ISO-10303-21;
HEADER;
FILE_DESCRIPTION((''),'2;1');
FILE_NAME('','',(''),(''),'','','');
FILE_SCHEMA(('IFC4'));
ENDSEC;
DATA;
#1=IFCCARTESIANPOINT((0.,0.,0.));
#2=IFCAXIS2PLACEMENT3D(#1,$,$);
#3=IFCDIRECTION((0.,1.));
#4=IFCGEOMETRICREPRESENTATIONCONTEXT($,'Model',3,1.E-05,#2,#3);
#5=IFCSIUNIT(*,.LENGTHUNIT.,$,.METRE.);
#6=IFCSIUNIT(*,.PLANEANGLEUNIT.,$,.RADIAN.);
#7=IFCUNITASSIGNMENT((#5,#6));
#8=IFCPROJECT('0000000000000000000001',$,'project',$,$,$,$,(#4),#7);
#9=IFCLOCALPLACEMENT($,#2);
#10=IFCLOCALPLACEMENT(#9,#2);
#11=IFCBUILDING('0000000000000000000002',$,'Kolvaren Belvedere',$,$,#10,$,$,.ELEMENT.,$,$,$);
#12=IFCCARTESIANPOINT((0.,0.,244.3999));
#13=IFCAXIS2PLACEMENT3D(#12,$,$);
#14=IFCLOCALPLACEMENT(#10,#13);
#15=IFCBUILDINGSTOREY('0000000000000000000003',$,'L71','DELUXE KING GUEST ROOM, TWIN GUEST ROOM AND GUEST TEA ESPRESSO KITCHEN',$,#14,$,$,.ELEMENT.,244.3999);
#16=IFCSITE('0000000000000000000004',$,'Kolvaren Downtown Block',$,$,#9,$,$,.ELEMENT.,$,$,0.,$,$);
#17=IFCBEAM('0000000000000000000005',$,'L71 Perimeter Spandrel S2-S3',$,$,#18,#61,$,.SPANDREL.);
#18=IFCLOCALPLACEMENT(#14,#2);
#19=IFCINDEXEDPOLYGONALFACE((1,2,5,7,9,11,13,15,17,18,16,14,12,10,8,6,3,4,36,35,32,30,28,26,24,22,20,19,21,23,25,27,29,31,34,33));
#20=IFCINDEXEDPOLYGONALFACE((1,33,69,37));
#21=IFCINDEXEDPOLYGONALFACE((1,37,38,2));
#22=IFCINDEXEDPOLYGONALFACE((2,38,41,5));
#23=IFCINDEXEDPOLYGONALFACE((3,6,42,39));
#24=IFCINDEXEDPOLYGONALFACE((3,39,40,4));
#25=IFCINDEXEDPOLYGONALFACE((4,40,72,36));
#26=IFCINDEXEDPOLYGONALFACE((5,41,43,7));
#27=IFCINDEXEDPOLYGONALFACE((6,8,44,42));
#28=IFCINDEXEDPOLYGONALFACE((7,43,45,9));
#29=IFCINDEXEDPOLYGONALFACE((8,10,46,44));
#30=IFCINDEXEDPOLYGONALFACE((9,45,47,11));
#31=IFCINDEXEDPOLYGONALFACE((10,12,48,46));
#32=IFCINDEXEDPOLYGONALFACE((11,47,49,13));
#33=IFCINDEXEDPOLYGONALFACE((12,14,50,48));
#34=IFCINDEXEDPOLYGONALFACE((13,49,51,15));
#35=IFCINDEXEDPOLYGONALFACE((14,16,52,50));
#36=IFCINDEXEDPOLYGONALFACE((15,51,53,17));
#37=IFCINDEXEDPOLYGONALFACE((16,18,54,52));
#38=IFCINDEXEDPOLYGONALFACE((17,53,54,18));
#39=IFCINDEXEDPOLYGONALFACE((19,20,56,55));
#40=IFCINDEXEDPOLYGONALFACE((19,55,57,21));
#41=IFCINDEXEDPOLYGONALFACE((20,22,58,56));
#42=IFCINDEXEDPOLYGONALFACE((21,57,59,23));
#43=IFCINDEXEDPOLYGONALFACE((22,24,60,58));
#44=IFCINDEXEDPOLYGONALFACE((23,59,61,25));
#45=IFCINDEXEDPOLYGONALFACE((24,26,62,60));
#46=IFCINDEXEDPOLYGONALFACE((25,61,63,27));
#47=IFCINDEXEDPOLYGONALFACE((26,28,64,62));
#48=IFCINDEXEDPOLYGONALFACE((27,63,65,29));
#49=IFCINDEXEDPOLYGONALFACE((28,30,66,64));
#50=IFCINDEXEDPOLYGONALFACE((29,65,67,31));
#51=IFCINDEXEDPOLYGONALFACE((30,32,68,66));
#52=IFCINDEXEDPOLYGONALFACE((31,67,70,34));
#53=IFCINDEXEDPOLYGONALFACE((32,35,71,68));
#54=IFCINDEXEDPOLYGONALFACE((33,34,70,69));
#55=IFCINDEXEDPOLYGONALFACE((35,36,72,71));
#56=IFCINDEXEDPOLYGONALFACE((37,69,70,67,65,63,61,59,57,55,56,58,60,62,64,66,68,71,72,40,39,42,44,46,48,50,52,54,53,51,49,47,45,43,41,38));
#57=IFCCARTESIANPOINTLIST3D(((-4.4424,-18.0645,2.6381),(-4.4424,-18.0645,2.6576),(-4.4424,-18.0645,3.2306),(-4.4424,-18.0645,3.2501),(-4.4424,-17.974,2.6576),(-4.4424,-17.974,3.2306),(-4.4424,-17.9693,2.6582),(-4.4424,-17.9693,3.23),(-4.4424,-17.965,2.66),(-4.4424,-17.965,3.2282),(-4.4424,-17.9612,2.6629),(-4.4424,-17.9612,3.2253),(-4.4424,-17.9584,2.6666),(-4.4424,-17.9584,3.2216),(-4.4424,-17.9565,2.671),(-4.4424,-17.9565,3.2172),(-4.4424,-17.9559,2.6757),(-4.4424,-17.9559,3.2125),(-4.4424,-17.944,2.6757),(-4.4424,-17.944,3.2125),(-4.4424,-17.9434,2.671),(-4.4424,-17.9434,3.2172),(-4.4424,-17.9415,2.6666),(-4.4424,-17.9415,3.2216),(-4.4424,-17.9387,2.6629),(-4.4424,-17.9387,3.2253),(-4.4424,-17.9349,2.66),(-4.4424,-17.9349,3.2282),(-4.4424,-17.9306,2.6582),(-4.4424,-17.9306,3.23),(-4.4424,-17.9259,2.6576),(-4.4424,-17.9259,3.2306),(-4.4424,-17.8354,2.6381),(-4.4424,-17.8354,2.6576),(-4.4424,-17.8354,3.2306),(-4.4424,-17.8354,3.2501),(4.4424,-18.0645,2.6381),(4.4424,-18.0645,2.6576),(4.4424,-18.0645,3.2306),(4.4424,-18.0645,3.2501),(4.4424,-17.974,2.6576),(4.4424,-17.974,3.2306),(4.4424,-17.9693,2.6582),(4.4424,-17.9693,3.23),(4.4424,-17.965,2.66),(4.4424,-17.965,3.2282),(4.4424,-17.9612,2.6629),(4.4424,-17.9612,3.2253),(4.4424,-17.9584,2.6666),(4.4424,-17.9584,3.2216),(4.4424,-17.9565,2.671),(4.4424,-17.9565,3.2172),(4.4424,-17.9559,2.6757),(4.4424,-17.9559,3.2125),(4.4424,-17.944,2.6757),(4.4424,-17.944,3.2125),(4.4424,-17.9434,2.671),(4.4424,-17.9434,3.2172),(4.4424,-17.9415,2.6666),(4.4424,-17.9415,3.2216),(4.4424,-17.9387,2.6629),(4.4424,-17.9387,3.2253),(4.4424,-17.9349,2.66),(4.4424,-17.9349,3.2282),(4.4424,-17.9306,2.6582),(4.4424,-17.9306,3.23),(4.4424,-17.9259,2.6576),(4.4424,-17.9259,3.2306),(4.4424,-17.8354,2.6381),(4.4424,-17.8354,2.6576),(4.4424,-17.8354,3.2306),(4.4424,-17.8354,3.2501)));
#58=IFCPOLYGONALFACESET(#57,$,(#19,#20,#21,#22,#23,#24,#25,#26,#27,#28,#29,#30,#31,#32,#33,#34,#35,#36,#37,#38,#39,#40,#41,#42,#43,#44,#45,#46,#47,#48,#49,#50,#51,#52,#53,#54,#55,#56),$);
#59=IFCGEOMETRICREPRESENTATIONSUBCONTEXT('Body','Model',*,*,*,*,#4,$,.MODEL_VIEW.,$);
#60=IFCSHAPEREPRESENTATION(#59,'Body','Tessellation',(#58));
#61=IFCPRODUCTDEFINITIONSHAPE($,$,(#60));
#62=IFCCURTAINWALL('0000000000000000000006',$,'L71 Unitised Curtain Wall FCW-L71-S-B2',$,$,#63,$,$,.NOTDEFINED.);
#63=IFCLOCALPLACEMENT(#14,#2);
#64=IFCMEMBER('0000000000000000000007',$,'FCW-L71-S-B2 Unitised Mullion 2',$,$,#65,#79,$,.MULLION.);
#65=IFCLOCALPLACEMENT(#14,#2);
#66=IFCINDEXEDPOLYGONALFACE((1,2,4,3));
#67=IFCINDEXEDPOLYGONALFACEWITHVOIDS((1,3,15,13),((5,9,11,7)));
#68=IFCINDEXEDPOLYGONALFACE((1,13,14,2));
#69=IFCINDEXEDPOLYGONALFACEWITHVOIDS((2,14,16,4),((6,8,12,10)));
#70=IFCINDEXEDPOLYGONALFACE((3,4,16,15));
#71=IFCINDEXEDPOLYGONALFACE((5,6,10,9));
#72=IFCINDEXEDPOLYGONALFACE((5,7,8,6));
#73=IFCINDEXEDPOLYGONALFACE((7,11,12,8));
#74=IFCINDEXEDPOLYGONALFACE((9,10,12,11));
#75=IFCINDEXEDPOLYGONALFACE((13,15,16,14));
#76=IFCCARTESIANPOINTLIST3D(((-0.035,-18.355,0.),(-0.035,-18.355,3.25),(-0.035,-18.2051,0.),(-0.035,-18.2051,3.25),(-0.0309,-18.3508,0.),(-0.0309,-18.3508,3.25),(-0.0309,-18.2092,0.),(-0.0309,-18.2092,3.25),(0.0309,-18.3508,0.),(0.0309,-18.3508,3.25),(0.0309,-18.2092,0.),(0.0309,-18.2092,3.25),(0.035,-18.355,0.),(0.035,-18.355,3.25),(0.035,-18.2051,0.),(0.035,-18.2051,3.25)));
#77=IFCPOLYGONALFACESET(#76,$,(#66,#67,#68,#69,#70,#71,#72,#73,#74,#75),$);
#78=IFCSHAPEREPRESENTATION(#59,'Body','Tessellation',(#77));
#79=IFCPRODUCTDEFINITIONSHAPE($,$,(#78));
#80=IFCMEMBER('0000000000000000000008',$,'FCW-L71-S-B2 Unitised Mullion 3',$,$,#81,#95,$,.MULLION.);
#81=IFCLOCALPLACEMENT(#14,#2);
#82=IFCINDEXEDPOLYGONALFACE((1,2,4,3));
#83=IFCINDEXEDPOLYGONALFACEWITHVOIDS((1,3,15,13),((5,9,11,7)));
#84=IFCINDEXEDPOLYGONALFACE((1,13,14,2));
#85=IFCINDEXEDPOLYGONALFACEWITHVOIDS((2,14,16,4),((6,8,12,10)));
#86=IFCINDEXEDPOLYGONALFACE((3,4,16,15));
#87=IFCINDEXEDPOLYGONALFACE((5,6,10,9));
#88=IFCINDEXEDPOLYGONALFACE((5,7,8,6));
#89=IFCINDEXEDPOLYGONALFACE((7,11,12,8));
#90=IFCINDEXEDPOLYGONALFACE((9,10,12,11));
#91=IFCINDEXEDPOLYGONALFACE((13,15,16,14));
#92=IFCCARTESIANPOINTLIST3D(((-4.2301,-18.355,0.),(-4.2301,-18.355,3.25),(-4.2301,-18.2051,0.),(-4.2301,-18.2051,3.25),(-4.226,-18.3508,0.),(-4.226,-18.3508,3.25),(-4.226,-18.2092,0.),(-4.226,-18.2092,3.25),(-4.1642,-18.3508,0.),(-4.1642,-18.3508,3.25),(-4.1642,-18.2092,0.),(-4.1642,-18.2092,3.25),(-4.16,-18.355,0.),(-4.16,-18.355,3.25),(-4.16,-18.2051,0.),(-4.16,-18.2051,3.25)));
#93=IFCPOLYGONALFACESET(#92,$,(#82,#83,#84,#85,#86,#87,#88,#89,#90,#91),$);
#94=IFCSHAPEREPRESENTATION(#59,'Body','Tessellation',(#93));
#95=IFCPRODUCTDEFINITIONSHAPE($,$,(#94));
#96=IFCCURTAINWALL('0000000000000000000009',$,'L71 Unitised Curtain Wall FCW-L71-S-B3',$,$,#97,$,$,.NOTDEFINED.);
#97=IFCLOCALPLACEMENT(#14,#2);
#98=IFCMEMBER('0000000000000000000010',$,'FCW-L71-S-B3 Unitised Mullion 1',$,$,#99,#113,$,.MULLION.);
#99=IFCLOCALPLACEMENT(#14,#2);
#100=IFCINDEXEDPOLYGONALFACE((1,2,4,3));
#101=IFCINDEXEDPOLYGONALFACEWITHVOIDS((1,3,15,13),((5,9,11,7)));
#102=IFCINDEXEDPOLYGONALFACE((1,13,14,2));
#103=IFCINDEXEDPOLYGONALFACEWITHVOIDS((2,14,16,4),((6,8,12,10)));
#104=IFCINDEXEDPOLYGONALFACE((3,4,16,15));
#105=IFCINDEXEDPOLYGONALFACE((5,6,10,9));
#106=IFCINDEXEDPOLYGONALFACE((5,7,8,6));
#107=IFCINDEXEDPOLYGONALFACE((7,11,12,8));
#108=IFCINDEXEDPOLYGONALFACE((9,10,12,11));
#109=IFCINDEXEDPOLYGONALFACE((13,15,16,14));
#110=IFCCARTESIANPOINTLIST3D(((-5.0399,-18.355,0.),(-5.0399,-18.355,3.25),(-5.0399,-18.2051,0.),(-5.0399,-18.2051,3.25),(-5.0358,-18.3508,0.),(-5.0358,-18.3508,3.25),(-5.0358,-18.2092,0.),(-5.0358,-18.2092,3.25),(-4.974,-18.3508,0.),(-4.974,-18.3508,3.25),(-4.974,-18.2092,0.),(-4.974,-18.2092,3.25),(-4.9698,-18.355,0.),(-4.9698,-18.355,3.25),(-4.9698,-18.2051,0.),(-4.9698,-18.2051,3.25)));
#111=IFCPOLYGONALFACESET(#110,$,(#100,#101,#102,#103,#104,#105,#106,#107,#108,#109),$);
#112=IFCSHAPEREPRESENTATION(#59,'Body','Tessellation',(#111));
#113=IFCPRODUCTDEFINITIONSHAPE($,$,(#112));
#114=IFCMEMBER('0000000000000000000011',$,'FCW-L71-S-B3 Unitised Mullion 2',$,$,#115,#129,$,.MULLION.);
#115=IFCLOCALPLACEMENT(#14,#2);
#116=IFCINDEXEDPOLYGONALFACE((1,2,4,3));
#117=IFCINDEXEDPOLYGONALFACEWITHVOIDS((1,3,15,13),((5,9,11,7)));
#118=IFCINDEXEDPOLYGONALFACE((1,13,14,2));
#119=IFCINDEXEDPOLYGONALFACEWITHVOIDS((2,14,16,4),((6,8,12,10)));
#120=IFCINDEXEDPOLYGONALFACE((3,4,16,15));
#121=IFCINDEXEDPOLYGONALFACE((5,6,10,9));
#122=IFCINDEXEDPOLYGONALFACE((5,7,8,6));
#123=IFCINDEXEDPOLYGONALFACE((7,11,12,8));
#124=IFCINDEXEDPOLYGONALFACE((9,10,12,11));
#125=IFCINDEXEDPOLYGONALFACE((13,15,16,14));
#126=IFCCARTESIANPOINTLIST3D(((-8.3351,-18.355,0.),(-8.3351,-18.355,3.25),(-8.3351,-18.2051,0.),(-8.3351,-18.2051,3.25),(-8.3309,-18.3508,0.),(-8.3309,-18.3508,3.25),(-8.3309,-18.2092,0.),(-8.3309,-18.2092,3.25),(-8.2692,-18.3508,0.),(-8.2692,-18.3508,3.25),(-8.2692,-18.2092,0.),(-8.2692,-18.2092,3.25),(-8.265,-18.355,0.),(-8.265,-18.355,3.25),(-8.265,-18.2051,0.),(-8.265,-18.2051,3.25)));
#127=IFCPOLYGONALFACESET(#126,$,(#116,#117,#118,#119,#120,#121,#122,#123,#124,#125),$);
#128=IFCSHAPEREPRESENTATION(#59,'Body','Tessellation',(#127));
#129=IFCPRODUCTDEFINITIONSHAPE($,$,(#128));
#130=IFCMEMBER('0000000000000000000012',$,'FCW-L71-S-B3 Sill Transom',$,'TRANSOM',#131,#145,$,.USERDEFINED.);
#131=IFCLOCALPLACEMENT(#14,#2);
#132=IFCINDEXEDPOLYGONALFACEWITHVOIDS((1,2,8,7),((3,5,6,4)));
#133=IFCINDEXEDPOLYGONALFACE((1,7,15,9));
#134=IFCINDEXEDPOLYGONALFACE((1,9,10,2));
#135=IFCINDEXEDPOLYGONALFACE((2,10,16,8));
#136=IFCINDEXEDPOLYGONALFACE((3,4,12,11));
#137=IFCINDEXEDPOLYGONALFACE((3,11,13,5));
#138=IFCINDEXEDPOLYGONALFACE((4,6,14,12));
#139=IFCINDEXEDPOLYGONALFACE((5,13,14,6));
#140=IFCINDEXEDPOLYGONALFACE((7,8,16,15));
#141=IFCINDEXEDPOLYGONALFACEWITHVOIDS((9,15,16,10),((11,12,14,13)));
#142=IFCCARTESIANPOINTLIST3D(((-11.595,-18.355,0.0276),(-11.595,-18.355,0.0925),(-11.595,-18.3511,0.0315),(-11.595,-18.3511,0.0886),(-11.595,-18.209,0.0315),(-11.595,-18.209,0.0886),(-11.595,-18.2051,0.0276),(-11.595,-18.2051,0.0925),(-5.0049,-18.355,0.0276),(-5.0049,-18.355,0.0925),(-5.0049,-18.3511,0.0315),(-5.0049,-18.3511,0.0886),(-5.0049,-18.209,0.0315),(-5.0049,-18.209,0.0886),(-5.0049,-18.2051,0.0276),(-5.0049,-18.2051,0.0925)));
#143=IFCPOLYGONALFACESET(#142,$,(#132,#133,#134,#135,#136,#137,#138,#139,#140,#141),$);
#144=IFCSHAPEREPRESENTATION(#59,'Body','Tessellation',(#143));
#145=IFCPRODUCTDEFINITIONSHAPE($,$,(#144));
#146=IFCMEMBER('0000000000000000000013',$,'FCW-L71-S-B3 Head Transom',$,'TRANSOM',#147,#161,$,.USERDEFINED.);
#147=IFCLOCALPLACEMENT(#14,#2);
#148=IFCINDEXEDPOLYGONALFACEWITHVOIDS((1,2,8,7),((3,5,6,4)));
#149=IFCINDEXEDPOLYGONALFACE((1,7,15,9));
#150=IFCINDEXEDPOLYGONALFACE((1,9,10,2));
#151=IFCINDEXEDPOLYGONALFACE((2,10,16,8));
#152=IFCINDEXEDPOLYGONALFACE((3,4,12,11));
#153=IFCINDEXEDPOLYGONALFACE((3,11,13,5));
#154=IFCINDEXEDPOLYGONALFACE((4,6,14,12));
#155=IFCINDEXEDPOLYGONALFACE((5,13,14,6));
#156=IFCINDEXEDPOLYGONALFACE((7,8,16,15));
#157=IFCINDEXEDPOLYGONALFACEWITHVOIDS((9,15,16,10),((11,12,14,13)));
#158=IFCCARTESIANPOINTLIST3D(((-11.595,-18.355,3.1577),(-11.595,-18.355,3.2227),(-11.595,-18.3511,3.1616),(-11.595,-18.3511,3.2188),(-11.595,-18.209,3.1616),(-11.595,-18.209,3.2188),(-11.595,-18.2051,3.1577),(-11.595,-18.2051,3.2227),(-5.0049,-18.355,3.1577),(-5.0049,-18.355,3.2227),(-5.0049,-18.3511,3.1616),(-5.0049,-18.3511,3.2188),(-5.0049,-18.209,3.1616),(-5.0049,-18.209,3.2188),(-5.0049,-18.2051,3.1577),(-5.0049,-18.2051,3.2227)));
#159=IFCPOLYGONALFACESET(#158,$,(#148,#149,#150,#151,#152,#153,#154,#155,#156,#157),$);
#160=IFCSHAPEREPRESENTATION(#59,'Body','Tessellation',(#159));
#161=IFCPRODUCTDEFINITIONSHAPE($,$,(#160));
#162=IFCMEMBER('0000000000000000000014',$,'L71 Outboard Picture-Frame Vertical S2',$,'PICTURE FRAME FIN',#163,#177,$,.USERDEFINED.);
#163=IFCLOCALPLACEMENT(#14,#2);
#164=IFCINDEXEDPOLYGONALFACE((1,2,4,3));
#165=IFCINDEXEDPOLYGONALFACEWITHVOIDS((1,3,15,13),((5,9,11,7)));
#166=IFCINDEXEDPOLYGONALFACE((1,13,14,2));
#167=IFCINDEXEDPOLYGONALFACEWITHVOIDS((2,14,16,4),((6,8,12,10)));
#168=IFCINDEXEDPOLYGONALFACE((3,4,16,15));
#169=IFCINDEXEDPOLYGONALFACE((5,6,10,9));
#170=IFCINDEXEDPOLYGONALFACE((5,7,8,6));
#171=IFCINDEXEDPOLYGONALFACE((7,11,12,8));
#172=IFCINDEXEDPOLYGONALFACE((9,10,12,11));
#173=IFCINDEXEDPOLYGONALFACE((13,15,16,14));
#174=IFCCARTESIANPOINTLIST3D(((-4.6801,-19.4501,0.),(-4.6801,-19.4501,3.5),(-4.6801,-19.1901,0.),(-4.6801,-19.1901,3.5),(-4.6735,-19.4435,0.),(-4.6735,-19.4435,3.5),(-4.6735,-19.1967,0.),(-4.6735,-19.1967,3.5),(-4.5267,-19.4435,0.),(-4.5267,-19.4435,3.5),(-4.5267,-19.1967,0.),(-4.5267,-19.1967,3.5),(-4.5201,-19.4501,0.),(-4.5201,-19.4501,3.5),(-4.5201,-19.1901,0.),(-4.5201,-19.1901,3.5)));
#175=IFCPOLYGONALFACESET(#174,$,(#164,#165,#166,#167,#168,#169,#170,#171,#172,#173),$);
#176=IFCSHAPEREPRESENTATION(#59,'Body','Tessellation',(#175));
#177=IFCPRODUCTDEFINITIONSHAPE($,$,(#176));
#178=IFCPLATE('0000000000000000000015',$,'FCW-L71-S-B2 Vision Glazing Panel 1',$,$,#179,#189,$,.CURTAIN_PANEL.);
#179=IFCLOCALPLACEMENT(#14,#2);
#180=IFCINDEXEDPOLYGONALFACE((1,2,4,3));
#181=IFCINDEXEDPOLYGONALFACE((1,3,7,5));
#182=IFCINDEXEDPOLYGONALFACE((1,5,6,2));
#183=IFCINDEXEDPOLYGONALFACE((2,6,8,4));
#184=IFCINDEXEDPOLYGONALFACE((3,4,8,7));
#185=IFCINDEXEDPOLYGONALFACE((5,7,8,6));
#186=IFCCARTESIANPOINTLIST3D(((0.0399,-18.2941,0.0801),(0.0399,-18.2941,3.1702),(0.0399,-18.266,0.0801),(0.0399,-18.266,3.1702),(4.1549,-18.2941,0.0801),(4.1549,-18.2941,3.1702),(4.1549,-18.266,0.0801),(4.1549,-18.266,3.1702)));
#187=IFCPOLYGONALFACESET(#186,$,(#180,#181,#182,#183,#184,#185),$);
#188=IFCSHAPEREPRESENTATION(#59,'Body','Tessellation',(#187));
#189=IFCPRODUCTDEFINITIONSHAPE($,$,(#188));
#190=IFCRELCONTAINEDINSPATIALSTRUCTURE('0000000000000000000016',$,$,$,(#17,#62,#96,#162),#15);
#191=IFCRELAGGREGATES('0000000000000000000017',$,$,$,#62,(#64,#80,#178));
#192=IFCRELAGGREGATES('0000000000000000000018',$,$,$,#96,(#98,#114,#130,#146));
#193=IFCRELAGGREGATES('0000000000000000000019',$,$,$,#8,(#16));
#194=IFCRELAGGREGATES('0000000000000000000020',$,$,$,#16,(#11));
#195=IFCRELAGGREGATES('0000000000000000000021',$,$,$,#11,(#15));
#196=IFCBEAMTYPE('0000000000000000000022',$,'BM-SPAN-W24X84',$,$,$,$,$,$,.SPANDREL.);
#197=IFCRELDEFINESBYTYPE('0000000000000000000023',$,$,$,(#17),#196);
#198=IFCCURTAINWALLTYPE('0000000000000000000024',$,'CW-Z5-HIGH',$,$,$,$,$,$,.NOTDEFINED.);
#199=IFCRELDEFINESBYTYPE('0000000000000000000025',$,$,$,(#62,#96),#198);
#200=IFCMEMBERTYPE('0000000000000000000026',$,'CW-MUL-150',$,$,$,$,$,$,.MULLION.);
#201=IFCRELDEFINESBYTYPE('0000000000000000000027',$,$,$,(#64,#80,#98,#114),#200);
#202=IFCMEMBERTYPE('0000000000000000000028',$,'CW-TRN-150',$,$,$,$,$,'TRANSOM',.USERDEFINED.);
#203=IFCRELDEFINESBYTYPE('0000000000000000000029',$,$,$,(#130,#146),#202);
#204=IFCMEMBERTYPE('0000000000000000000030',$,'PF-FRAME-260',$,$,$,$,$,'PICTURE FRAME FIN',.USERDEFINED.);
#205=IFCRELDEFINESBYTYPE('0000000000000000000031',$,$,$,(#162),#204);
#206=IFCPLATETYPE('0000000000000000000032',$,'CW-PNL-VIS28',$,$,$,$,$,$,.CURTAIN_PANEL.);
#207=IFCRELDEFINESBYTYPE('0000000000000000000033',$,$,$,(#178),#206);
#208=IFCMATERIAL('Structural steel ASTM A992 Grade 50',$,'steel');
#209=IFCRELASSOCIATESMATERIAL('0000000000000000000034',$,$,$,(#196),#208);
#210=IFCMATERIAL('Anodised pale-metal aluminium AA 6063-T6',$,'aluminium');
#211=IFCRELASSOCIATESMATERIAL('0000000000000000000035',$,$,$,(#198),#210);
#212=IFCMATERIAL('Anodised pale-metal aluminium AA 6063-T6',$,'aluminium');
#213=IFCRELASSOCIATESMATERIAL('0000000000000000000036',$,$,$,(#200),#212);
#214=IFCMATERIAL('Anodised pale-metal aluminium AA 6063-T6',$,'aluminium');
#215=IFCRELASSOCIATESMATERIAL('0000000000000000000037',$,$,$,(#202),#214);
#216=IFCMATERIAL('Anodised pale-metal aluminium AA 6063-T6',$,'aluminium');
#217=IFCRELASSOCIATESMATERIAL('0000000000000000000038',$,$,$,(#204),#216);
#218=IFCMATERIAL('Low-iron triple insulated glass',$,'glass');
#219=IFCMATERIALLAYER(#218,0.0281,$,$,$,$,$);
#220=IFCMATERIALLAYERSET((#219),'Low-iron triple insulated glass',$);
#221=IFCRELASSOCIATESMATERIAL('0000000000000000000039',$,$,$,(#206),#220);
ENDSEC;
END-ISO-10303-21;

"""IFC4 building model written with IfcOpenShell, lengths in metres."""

from ifc_helpers import new_model, si_unit, direction, frame, origin, origin_2d, place, context, subcontext, project, spatial, rectangle, hollow_rectangle, i_section, extrude, material, layer, layer_set, material_profile, profile_set, type_object, element, aggregate, save


model = new_model("IFC4")

# Units and contexts
model_context = context("Model", 3, precision=1e-05, world=origin(), true_north=direction((0.0, 1.0)))
body_context = subcontext(model_context, "Body", "Model", "MODEL_VIEW")
ifc_project = project(units=[si_unit("LENGTHUNIT", "METRE"), si_unit("PLANEANGLEUNIT", "RADIAN")], contexts=[model_context])

# Site, building, storey
site_placement = place(None, origin())
site = spatial("IfcSite", under=ifc_project, at=site_placement, Name="Kolvaren Downtown Block", CompositionType="ELEMENT", RefElevation=0.0)
building_placement = place(site_placement, origin())
building = spatial("IfcBuilding", under=site, at=building_placement, Name="Kolvaren Belvedere", CompositionType="ELEMENT")
storey_placement = place(building_placement, frame((0.0, 0.0, 244.3999)))
storey = spatial("IfcBuildingStorey", under=building, at=storey_placement, Name="L71", Description="DELUXE KING GUEST ROOM, TWIN GUEST ROOM AND GUEST TEA ESPRESSO KITCHEN", CompositionType="ELEMENT", Elevation=244.3999)

# Beam
ifc_material_1 = material(Name="Structural steel ASTM A992 Grade 50", Category="steel")
ifc_material_profile_1 = material_profile(ifc_material_1, i_section(OverallWidth=0.229, OverallDepth=0.6121, WebThickness=0.012, FlangeThickness=0.0195, FilletRadius=0.0181, at=origin_2d()), Name="W24X84")
ifc_profile_set_1 = profile_set([ifc_material_profile_1], Name="Structural steel ASTM A992 Grade 50")
beam_type_1 = type_object("IfcBeamType", Name="BM-SPAN-W24X84", PredefinedType="SPANDREL", material=ifc_profile_set_1)
beam_1_placement = place(storey_placement, frame((-4.4424, -17.95, 2.9441), z_axis=(1.0, 0.0, 0.0), x_axis=(0.0, 1.0, 0.0)))
element("IfcBeam", 1, at=beam_1_placement, inside=storey, type_object=beam_type_1, Name="L71 Perimeter Spandrel S2-S3", PredefinedType="SPANDREL", context=body_context, shape_type="SweptSolid", body=[
    extrude(i_section(OverallWidth=0.229, OverallDepth=0.6121, WebThickness=0.012, FlangeThickness=0.0195, FilletRadius=0.0181, at=origin_2d()), origin(), (0.0, 0.0, 1.0), 8.8848),
])

# Curtain walls, members
ifc_material_2 = material(Name="Anodised pale-metal aluminium AA 6063-T6", Category="aluminium")
curtain_wall_type = type_object("IfcCurtainWallType", Name="CW-Z5-HIGH", PredefinedType="NOTDEFINED", material=ifc_material_2)
curtain_wall_1_placement = place(storey_placement, origin())
curtain_wall_1 = element("IfcCurtainWall", 2, at=curtain_wall_1_placement, inside=storey, type_object=curtain_wall_type, Name="L71 Unitised Curtain Wall FCW-L71-S-B2", PredefinedType="NOTDEFINED")
ifc_material_3 = material(Name="Anodised pale-metal aluminium AA 6063-T6", Category="aluminium")
ifc_material_profile_2 = material_profile(ifc_material_3, hollow_rectangle(XDim=0.0701, YDim=0.1499, WallThickness=0.0042, at=origin_2d()), Name="ALU-MUL-150X70")
ifc_profile_set_2 = profile_set([ifc_material_profile_2], Name="Anodised pale-metal aluminium AA 6063-T6")
member_type_1 = type_object("IfcMemberType", Name="CW-MUL-150", PredefinedType="MULLION", material=ifc_profile_set_2)
member_1_placement = place(storey_placement, frame((0.0, -18.28, 0.0), z_axis=(0.0, 0.0, 1.0), x_axis=(1.0, 0.0, 0.0)))
member_1 = element("IfcMember", 3, at=member_1_placement, type_object=member_type_1, Name="FCW-L71-S-B2 Unitised Mullion 2", PredefinedType="MULLION", context=body_context, shape_type="SweptSolid", body=[
    extrude(hollow_rectangle(XDim=0.0701, YDim=0.1499, WallThickness=0.0042, at=origin_2d()), origin(), (0.0, 0.0, 1.0), 3.25),
])
member_2_placement = place(storey_placement, frame((-4.1951, -18.28, 0.0), z_axis=(0.0, 0.0, 1.0), x_axis=(1.0, 0.0, 0.0)))
member_2 = element("IfcMember", 4, at=member_2_placement, type_object=member_type_1, Name="FCW-L71-S-B2 Unitised Mullion 3", PredefinedType="MULLION", context=body_context, shape_type="SweptSolid", body=[
    extrude(hollow_rectangle(XDim=0.0701, YDim=0.1499, WallThickness=0.0042, at=origin_2d()), origin(), (0.0, 0.0, 1.0), 3.25),
])
curtain_wall_2_placement = place(storey_placement, origin())
curtain_wall_2 = element("IfcCurtainWall", 5, at=curtain_wall_2_placement, inside=storey, type_object=curtain_wall_type, Name="L71 Unitised Curtain Wall FCW-L71-S-B3", PredefinedType="NOTDEFINED")
member_3_placement = place(storey_placement, frame((-5.0049, -18.28, 0.0), z_axis=(0.0, 0.0, 1.0), x_axis=(1.0, 0.0, 0.0)))
member_3 = element("IfcMember", 6, at=member_3_placement, type_object=member_type_1, Name="FCW-L71-S-B3 Unitised Mullion 1", PredefinedType="MULLION", context=body_context, shape_type="SweptSolid", body=[
    extrude(hollow_rectangle(XDim=0.0701, YDim=0.1499, WallThickness=0.0042, at=origin_2d()), origin(), (0.0, 0.0, 1.0), 3.25),
])
member_4_placement = place(storey_placement, frame((-8.3, -18.28, 0.0), z_axis=(0.0, 0.0, 1.0), x_axis=(1.0, 0.0, 0.0)))
member_4 = element("IfcMember", 7, at=member_4_placement, type_object=member_type_1, Name="FCW-L71-S-B3 Unitised Mullion 2", PredefinedType="MULLION", context=body_context, shape_type="SweptSolid", body=[
    extrude(hollow_rectangle(XDim=0.0701, YDim=0.1499, WallThickness=0.0042, at=origin_2d()), origin(), (0.0, 0.0, 1.0), 3.25),
])
ifc_material_4 = material(Name="Anodised pale-metal aluminium AA 6063-T6", Category="aluminium")
ifc_material_profile_3 = material_profile(ifc_material_4, hollow_rectangle(XDim=0.0649, YDim=0.1499, WallThickness=0.0039, at=origin_2d()), Name="ALU-TRN-150X65")
ifc_profile_set_3 = profile_set([ifc_material_profile_3], Name="Anodised pale-metal aluminium AA 6063-T6")
member_type_2 = type_object("IfcMemberType", Name="CW-TRN-150", ElementType="TRANSOM", PredefinedType="USERDEFINED", material=ifc_profile_set_3)
member_5_placement = place(storey_placement, frame((-5.0049, -18.28, 0.0601), z_axis=(-1.0, 0.0, 0.0), x_axis=(0.0, 0.0, 1.0)))
member_5 = element("IfcMember", 8, at=member_5_placement, type_object=member_type_2, Name="FCW-L71-S-B3 Sill Transom", ObjectType="TRANSOM", PredefinedType="USERDEFINED", context=body_context, shape_type="SweptSolid", body=[
    extrude(hollow_rectangle(XDim=0.0649, YDim=0.1499, WallThickness=0.0039, at=origin_2d()), origin(), (0.0, 0.0, 1.0), 6.5901),
])
member_6_placement = place(storey_placement, frame((-5.0049, -18.28, 3.1902), z_axis=(-1.0, 0.0, 0.0), x_axis=(0.0, 0.0, 1.0)))
member_6 = element("IfcMember", 9, at=member_6_placement, type_object=member_type_2, Name="FCW-L71-S-B3 Head Transom", ObjectType="TRANSOM", PredefinedType="USERDEFINED", context=body_context, shape_type="SweptSolid", body=[
    extrude(hollow_rectangle(XDim=0.0649, YDim=0.1499, WallThickness=0.0039, at=origin_2d()), origin(), (0.0, 0.0, 1.0), 6.5901),
])

# Member
ifc_material_5 = material(Name="Anodised pale-metal aluminium AA 6063-T6", Category="aluminium")
ifc_material_profile_4 = material_profile(ifc_material_5, hollow_rectangle(XDim=0.1599, YDim=0.26, WallThickness=0.0066, at=origin_2d()), Name="ALU-PF-260X160")
ifc_profile_set_4 = profile_set([ifc_material_profile_4], Name="Anodised pale-metal aluminium AA 6063-T6")
member_type_3 = type_object("IfcMemberType", Name="PF-FRAME-260", ElementType="PICTURE FRAME FIN", PredefinedType="USERDEFINED", material=ifc_profile_set_4)
member_7_placement = place(storey_placement, frame((-4.6001, -19.3201, 0.0), z_axis=(0.0, 0.0, 1.0), x_axis=(1.0, 0.0, 0.0)))
element("IfcMember", 10, at=member_7_placement, inside=storey, type_object=member_type_3, Name="L71 Outboard Picture-Frame Vertical S2", ObjectType="PICTURE FRAME FIN", PredefinedType="USERDEFINED", context=body_context, shape_type="SweptSolid", body=[
    extrude(hollow_rectangle(XDim=0.1599, YDim=0.26, WallThickness=0.0066, at=origin_2d()), origin(), (0.0, 0.0, 1.0), 3.5),
])

# Plate
ifc_material_6 = material(Name="Low-iron triple insulated glass", Category="glass")
ifc_layer_1 = layer(ifc_material_6, 0.0281)
ifc_layer_set_1 = layer_set([ifc_layer_1], Name="Low-iron triple insulated glass")
plate_type_1 = type_object("IfcPlateType", Name="CW-PNL-VIS28", PredefinedType="CURTAIN_PANEL", material=ifc_layer_set_1)
plate_1_placement = place(storey_placement, frame((2.0974, -18.28, 0.0801), z_axis=(0.0, 0.0, 1.0), x_axis=(-1.0, 0.0, 0.0)))
plate_1 = element("IfcPlate", 11, at=plate_1_placement, type_object=plate_type_1, Name="FCW-L71-S-B2 Vision Glazing Panel 1", PredefinedType="CURTAIN_PANEL", context=body_context, shape_type="SweptSolid", body=[
    extrude(rectangle(XDim=4.115, YDim=0.0281, at=origin_2d()), origin(), (0.0, 0.0, 1.0), 3.0901),
])
aggregate(curtain_wall_1, [member_1, member_2, plate_1])
aggregate(curtain_wall_2, [member_3, member_4, member_5, member_6])

save(model, "model.ifc")
